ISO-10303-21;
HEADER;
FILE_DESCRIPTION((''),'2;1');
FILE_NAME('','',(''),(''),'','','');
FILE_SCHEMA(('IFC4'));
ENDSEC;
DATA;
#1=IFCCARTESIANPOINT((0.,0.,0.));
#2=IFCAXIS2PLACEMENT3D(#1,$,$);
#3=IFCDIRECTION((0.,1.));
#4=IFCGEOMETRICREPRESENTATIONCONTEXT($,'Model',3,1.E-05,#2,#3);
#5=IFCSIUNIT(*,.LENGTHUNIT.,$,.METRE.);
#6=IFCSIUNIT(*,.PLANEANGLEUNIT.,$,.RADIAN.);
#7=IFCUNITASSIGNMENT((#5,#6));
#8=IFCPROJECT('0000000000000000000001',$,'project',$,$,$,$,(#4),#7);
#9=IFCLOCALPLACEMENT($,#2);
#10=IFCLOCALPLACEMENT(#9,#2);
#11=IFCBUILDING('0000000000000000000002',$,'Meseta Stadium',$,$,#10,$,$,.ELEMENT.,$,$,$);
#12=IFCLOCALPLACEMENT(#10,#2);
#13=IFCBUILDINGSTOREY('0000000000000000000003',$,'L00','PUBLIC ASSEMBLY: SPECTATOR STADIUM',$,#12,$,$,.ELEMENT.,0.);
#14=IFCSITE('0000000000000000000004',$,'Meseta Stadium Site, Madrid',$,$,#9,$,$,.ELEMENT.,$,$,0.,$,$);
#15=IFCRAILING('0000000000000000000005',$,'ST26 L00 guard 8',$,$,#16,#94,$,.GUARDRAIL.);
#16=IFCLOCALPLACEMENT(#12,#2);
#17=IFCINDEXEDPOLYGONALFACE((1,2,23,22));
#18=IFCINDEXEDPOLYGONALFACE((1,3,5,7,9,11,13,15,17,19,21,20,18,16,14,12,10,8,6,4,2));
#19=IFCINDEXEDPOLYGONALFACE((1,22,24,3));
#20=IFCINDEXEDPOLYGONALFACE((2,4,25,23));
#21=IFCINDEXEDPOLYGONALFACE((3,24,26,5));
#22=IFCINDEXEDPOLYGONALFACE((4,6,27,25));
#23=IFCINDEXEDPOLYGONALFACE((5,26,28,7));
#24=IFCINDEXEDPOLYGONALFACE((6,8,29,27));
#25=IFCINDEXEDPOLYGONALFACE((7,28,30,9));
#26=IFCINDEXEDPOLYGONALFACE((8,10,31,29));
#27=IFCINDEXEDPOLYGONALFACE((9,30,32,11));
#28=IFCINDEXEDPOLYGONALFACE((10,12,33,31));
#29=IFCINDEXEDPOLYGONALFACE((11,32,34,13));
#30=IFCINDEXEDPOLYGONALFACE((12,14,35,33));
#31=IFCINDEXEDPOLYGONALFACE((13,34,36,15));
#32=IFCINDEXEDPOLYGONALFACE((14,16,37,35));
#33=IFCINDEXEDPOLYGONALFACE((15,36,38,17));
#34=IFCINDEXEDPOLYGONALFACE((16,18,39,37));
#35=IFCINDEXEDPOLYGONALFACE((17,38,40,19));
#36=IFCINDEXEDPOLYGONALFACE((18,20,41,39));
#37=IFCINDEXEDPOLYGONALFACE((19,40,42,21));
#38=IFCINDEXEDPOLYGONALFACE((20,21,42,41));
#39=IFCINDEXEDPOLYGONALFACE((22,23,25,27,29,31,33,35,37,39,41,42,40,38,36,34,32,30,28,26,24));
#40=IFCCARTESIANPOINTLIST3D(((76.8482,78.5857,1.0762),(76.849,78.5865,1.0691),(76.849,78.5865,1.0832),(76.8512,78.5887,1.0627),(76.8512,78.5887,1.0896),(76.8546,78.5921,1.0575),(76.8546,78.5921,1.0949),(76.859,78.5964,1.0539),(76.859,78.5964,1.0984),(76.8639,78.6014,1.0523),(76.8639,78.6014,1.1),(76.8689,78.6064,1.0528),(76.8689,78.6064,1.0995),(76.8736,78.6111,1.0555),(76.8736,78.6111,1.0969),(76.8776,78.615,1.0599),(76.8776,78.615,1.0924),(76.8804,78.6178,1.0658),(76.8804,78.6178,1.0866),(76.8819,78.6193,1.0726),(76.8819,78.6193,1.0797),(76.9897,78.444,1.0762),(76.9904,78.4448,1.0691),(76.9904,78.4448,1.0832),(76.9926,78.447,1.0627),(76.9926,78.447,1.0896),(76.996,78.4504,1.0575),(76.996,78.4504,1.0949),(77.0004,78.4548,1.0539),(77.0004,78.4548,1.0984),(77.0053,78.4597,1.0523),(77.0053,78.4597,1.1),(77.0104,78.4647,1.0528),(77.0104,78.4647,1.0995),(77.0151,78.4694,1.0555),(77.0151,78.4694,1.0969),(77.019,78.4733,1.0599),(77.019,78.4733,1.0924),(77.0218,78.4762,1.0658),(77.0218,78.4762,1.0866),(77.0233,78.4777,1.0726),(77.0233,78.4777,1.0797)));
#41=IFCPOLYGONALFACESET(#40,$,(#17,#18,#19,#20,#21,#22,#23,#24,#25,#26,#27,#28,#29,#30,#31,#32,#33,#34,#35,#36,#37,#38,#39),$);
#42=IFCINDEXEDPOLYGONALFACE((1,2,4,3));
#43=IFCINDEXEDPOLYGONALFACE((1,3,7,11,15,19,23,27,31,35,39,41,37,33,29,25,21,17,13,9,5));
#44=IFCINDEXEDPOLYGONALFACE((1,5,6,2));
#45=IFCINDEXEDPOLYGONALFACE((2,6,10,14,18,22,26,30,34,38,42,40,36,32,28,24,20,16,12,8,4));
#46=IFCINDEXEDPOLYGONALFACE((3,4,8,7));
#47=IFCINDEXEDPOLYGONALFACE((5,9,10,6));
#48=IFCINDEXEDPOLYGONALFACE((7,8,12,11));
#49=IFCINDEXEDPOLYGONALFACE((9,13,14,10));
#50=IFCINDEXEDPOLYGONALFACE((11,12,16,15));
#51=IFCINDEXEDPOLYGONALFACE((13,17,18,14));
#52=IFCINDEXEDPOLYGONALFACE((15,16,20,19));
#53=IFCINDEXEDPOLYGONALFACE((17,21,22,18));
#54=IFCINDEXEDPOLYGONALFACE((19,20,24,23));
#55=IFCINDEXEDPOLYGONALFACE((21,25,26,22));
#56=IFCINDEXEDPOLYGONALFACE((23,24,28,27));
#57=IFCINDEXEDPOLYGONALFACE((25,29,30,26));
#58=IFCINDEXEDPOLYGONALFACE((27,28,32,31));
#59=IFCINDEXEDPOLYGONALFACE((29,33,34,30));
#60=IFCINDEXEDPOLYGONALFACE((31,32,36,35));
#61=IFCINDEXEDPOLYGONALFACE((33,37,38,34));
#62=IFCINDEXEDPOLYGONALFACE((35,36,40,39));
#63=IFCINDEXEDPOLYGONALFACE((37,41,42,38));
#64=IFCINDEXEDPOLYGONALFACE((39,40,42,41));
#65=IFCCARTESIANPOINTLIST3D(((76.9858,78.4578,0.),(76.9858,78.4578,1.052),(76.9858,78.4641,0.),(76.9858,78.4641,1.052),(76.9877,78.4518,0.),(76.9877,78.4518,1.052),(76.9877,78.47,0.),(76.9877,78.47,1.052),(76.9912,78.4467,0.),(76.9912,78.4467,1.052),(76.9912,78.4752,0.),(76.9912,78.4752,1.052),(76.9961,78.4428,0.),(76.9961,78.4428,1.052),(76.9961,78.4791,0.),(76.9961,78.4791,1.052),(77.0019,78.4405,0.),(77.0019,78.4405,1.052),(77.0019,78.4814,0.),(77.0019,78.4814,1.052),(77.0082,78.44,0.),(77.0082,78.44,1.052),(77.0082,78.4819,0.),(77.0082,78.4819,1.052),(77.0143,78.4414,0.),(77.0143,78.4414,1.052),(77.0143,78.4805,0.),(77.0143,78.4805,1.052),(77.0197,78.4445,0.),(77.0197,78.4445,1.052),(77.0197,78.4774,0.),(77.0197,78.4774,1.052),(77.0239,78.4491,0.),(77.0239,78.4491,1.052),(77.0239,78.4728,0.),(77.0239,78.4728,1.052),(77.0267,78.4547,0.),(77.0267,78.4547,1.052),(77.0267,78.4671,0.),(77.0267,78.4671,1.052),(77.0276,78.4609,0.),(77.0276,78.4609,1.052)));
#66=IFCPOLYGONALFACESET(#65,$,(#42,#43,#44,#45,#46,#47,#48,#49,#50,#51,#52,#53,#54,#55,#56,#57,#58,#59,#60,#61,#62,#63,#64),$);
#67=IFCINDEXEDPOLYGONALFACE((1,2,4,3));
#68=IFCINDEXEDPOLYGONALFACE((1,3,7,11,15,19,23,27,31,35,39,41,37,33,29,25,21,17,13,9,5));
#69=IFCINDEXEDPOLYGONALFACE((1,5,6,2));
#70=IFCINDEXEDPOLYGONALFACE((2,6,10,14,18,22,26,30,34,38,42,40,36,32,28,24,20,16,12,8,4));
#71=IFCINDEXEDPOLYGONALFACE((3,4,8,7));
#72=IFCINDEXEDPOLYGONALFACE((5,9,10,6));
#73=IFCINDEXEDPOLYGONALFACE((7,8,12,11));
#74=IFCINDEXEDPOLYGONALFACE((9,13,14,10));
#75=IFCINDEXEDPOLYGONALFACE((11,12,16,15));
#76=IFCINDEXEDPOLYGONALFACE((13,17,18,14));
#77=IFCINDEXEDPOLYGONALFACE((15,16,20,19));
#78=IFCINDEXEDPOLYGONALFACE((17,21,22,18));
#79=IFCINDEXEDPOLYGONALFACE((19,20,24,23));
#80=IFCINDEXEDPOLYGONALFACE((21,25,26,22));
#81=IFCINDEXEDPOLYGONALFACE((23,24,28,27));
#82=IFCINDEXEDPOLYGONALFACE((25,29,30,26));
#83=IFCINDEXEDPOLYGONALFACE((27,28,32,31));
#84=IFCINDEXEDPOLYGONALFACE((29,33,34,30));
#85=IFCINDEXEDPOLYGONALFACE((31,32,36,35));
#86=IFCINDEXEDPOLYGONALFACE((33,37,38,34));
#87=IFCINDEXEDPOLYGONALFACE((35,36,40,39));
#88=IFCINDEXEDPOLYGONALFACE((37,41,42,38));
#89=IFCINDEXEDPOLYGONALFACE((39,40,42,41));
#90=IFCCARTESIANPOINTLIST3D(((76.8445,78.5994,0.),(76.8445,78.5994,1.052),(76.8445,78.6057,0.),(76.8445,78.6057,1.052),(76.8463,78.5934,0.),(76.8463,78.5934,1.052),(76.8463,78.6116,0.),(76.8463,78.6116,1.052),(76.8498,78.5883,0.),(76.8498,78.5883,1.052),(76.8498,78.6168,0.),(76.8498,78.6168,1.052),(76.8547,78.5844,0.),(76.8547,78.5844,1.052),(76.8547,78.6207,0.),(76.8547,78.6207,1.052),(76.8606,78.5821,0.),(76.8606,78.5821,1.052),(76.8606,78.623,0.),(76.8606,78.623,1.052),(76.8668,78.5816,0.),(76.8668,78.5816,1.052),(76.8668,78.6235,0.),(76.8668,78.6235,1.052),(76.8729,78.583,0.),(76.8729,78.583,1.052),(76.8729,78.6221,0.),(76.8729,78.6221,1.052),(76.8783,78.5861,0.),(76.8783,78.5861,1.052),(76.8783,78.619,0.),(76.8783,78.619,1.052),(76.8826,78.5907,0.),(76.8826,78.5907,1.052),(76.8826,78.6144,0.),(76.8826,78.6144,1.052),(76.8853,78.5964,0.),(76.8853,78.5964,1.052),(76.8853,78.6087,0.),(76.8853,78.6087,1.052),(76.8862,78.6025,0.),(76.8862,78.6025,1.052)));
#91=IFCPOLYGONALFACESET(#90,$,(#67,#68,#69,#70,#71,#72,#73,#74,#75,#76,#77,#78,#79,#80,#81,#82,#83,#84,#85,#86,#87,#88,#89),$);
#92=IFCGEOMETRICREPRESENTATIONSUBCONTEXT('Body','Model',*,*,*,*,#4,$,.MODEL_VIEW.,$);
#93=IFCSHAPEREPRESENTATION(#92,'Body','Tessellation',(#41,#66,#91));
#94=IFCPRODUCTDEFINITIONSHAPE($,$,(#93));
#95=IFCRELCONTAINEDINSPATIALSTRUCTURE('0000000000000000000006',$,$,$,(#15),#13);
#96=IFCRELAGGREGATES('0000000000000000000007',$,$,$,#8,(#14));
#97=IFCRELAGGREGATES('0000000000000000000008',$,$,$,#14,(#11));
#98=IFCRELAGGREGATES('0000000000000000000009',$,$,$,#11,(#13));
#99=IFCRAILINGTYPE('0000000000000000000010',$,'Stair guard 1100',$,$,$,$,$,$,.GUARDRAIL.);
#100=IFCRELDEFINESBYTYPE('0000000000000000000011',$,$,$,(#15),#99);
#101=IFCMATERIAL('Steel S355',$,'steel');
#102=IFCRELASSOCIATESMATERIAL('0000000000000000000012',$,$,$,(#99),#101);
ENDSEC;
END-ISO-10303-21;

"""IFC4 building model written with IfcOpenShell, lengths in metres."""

from ifc_helpers import new_model, si_unit, direction, frame, origin, origin_2d, place, context, subcontext, project, spatial, circle, extrude, material, type_object, element, save


model = new_model("IFC4")

# Units and contexts
model_context = context("Model", 3, precision=1e-05, world=origin(), true_north=direction((0.0, 1.0)))
body_context = subcontext(model_context, "Body", "Model", "MODEL_VIEW")
ifc_project = project(units=[si_unit("LENGTHUNIT", "METRE"), si_unit("PLANEANGLEUNIT", "RADIAN")], contexts=[model_context])

# Site, building, storey
site_placement = place(None, origin())
site = spatial("IfcSite", under=ifc_project, at=site_placement, Name="Meseta Stadium Site, Madrid", CompositionType="ELEMENT", RefElevation=0.0)
building_placement = place(site_placement, origin())
building = spatial("IfcBuilding", under=site, at=building_placement, Name="Meseta Stadium", CompositionType="ELEMENT")
storey_placement = place(building_placement, origin())
storey = spatial("IfcBuildingStorey", under=building, at=storey_placement, Name="L00", Description="PUBLIC ASSEMBLY: SPECTATOR STADIUM", CompositionType="ELEMENT", Elevation=0.0)

# Railing
ifc_material_1 = material(Name="Steel S355", Category="steel")
railing_type_1 = type_object("IfcRailingType", Name="Stair guard 1100", PredefinedType="GUARDRAIL", material=ifc_material_1)
for number, where, name in (
    (1, (77.0066, 78.4609, 0.0), "ST26 L00 guard 8"),
):
    element("IfcRailing", number, at=place(storey_placement, frame(where)), inside=storey, type_object=railing_type_1, Name=name, PredefinedType="GUARDRAIL", context=body_context, shape_type="SweptSolid", body=[
        extrude(circle(Radius=0.0239, at=origin_2d()), frame((0.0, 0.0, 1.0762), z_axis=(-0.706496, 0.707717, 0.0), x_axis=(-0.707717, -0.706496, 0.0)), (0.0, 0.0, 1.0), 0.2002),
        extrude(circle(Radius=0.021, at=origin_2d()), origin(), (0.0, 0.0, 1.0), 1.052),
        extrude(circle(Radius=0.021, at=origin_2d()), frame((-0.1414, 0.1416, 0.0)), (0.0, 0.0, 1.0), 1.052),
    ])

save(model, "model.ifc")
